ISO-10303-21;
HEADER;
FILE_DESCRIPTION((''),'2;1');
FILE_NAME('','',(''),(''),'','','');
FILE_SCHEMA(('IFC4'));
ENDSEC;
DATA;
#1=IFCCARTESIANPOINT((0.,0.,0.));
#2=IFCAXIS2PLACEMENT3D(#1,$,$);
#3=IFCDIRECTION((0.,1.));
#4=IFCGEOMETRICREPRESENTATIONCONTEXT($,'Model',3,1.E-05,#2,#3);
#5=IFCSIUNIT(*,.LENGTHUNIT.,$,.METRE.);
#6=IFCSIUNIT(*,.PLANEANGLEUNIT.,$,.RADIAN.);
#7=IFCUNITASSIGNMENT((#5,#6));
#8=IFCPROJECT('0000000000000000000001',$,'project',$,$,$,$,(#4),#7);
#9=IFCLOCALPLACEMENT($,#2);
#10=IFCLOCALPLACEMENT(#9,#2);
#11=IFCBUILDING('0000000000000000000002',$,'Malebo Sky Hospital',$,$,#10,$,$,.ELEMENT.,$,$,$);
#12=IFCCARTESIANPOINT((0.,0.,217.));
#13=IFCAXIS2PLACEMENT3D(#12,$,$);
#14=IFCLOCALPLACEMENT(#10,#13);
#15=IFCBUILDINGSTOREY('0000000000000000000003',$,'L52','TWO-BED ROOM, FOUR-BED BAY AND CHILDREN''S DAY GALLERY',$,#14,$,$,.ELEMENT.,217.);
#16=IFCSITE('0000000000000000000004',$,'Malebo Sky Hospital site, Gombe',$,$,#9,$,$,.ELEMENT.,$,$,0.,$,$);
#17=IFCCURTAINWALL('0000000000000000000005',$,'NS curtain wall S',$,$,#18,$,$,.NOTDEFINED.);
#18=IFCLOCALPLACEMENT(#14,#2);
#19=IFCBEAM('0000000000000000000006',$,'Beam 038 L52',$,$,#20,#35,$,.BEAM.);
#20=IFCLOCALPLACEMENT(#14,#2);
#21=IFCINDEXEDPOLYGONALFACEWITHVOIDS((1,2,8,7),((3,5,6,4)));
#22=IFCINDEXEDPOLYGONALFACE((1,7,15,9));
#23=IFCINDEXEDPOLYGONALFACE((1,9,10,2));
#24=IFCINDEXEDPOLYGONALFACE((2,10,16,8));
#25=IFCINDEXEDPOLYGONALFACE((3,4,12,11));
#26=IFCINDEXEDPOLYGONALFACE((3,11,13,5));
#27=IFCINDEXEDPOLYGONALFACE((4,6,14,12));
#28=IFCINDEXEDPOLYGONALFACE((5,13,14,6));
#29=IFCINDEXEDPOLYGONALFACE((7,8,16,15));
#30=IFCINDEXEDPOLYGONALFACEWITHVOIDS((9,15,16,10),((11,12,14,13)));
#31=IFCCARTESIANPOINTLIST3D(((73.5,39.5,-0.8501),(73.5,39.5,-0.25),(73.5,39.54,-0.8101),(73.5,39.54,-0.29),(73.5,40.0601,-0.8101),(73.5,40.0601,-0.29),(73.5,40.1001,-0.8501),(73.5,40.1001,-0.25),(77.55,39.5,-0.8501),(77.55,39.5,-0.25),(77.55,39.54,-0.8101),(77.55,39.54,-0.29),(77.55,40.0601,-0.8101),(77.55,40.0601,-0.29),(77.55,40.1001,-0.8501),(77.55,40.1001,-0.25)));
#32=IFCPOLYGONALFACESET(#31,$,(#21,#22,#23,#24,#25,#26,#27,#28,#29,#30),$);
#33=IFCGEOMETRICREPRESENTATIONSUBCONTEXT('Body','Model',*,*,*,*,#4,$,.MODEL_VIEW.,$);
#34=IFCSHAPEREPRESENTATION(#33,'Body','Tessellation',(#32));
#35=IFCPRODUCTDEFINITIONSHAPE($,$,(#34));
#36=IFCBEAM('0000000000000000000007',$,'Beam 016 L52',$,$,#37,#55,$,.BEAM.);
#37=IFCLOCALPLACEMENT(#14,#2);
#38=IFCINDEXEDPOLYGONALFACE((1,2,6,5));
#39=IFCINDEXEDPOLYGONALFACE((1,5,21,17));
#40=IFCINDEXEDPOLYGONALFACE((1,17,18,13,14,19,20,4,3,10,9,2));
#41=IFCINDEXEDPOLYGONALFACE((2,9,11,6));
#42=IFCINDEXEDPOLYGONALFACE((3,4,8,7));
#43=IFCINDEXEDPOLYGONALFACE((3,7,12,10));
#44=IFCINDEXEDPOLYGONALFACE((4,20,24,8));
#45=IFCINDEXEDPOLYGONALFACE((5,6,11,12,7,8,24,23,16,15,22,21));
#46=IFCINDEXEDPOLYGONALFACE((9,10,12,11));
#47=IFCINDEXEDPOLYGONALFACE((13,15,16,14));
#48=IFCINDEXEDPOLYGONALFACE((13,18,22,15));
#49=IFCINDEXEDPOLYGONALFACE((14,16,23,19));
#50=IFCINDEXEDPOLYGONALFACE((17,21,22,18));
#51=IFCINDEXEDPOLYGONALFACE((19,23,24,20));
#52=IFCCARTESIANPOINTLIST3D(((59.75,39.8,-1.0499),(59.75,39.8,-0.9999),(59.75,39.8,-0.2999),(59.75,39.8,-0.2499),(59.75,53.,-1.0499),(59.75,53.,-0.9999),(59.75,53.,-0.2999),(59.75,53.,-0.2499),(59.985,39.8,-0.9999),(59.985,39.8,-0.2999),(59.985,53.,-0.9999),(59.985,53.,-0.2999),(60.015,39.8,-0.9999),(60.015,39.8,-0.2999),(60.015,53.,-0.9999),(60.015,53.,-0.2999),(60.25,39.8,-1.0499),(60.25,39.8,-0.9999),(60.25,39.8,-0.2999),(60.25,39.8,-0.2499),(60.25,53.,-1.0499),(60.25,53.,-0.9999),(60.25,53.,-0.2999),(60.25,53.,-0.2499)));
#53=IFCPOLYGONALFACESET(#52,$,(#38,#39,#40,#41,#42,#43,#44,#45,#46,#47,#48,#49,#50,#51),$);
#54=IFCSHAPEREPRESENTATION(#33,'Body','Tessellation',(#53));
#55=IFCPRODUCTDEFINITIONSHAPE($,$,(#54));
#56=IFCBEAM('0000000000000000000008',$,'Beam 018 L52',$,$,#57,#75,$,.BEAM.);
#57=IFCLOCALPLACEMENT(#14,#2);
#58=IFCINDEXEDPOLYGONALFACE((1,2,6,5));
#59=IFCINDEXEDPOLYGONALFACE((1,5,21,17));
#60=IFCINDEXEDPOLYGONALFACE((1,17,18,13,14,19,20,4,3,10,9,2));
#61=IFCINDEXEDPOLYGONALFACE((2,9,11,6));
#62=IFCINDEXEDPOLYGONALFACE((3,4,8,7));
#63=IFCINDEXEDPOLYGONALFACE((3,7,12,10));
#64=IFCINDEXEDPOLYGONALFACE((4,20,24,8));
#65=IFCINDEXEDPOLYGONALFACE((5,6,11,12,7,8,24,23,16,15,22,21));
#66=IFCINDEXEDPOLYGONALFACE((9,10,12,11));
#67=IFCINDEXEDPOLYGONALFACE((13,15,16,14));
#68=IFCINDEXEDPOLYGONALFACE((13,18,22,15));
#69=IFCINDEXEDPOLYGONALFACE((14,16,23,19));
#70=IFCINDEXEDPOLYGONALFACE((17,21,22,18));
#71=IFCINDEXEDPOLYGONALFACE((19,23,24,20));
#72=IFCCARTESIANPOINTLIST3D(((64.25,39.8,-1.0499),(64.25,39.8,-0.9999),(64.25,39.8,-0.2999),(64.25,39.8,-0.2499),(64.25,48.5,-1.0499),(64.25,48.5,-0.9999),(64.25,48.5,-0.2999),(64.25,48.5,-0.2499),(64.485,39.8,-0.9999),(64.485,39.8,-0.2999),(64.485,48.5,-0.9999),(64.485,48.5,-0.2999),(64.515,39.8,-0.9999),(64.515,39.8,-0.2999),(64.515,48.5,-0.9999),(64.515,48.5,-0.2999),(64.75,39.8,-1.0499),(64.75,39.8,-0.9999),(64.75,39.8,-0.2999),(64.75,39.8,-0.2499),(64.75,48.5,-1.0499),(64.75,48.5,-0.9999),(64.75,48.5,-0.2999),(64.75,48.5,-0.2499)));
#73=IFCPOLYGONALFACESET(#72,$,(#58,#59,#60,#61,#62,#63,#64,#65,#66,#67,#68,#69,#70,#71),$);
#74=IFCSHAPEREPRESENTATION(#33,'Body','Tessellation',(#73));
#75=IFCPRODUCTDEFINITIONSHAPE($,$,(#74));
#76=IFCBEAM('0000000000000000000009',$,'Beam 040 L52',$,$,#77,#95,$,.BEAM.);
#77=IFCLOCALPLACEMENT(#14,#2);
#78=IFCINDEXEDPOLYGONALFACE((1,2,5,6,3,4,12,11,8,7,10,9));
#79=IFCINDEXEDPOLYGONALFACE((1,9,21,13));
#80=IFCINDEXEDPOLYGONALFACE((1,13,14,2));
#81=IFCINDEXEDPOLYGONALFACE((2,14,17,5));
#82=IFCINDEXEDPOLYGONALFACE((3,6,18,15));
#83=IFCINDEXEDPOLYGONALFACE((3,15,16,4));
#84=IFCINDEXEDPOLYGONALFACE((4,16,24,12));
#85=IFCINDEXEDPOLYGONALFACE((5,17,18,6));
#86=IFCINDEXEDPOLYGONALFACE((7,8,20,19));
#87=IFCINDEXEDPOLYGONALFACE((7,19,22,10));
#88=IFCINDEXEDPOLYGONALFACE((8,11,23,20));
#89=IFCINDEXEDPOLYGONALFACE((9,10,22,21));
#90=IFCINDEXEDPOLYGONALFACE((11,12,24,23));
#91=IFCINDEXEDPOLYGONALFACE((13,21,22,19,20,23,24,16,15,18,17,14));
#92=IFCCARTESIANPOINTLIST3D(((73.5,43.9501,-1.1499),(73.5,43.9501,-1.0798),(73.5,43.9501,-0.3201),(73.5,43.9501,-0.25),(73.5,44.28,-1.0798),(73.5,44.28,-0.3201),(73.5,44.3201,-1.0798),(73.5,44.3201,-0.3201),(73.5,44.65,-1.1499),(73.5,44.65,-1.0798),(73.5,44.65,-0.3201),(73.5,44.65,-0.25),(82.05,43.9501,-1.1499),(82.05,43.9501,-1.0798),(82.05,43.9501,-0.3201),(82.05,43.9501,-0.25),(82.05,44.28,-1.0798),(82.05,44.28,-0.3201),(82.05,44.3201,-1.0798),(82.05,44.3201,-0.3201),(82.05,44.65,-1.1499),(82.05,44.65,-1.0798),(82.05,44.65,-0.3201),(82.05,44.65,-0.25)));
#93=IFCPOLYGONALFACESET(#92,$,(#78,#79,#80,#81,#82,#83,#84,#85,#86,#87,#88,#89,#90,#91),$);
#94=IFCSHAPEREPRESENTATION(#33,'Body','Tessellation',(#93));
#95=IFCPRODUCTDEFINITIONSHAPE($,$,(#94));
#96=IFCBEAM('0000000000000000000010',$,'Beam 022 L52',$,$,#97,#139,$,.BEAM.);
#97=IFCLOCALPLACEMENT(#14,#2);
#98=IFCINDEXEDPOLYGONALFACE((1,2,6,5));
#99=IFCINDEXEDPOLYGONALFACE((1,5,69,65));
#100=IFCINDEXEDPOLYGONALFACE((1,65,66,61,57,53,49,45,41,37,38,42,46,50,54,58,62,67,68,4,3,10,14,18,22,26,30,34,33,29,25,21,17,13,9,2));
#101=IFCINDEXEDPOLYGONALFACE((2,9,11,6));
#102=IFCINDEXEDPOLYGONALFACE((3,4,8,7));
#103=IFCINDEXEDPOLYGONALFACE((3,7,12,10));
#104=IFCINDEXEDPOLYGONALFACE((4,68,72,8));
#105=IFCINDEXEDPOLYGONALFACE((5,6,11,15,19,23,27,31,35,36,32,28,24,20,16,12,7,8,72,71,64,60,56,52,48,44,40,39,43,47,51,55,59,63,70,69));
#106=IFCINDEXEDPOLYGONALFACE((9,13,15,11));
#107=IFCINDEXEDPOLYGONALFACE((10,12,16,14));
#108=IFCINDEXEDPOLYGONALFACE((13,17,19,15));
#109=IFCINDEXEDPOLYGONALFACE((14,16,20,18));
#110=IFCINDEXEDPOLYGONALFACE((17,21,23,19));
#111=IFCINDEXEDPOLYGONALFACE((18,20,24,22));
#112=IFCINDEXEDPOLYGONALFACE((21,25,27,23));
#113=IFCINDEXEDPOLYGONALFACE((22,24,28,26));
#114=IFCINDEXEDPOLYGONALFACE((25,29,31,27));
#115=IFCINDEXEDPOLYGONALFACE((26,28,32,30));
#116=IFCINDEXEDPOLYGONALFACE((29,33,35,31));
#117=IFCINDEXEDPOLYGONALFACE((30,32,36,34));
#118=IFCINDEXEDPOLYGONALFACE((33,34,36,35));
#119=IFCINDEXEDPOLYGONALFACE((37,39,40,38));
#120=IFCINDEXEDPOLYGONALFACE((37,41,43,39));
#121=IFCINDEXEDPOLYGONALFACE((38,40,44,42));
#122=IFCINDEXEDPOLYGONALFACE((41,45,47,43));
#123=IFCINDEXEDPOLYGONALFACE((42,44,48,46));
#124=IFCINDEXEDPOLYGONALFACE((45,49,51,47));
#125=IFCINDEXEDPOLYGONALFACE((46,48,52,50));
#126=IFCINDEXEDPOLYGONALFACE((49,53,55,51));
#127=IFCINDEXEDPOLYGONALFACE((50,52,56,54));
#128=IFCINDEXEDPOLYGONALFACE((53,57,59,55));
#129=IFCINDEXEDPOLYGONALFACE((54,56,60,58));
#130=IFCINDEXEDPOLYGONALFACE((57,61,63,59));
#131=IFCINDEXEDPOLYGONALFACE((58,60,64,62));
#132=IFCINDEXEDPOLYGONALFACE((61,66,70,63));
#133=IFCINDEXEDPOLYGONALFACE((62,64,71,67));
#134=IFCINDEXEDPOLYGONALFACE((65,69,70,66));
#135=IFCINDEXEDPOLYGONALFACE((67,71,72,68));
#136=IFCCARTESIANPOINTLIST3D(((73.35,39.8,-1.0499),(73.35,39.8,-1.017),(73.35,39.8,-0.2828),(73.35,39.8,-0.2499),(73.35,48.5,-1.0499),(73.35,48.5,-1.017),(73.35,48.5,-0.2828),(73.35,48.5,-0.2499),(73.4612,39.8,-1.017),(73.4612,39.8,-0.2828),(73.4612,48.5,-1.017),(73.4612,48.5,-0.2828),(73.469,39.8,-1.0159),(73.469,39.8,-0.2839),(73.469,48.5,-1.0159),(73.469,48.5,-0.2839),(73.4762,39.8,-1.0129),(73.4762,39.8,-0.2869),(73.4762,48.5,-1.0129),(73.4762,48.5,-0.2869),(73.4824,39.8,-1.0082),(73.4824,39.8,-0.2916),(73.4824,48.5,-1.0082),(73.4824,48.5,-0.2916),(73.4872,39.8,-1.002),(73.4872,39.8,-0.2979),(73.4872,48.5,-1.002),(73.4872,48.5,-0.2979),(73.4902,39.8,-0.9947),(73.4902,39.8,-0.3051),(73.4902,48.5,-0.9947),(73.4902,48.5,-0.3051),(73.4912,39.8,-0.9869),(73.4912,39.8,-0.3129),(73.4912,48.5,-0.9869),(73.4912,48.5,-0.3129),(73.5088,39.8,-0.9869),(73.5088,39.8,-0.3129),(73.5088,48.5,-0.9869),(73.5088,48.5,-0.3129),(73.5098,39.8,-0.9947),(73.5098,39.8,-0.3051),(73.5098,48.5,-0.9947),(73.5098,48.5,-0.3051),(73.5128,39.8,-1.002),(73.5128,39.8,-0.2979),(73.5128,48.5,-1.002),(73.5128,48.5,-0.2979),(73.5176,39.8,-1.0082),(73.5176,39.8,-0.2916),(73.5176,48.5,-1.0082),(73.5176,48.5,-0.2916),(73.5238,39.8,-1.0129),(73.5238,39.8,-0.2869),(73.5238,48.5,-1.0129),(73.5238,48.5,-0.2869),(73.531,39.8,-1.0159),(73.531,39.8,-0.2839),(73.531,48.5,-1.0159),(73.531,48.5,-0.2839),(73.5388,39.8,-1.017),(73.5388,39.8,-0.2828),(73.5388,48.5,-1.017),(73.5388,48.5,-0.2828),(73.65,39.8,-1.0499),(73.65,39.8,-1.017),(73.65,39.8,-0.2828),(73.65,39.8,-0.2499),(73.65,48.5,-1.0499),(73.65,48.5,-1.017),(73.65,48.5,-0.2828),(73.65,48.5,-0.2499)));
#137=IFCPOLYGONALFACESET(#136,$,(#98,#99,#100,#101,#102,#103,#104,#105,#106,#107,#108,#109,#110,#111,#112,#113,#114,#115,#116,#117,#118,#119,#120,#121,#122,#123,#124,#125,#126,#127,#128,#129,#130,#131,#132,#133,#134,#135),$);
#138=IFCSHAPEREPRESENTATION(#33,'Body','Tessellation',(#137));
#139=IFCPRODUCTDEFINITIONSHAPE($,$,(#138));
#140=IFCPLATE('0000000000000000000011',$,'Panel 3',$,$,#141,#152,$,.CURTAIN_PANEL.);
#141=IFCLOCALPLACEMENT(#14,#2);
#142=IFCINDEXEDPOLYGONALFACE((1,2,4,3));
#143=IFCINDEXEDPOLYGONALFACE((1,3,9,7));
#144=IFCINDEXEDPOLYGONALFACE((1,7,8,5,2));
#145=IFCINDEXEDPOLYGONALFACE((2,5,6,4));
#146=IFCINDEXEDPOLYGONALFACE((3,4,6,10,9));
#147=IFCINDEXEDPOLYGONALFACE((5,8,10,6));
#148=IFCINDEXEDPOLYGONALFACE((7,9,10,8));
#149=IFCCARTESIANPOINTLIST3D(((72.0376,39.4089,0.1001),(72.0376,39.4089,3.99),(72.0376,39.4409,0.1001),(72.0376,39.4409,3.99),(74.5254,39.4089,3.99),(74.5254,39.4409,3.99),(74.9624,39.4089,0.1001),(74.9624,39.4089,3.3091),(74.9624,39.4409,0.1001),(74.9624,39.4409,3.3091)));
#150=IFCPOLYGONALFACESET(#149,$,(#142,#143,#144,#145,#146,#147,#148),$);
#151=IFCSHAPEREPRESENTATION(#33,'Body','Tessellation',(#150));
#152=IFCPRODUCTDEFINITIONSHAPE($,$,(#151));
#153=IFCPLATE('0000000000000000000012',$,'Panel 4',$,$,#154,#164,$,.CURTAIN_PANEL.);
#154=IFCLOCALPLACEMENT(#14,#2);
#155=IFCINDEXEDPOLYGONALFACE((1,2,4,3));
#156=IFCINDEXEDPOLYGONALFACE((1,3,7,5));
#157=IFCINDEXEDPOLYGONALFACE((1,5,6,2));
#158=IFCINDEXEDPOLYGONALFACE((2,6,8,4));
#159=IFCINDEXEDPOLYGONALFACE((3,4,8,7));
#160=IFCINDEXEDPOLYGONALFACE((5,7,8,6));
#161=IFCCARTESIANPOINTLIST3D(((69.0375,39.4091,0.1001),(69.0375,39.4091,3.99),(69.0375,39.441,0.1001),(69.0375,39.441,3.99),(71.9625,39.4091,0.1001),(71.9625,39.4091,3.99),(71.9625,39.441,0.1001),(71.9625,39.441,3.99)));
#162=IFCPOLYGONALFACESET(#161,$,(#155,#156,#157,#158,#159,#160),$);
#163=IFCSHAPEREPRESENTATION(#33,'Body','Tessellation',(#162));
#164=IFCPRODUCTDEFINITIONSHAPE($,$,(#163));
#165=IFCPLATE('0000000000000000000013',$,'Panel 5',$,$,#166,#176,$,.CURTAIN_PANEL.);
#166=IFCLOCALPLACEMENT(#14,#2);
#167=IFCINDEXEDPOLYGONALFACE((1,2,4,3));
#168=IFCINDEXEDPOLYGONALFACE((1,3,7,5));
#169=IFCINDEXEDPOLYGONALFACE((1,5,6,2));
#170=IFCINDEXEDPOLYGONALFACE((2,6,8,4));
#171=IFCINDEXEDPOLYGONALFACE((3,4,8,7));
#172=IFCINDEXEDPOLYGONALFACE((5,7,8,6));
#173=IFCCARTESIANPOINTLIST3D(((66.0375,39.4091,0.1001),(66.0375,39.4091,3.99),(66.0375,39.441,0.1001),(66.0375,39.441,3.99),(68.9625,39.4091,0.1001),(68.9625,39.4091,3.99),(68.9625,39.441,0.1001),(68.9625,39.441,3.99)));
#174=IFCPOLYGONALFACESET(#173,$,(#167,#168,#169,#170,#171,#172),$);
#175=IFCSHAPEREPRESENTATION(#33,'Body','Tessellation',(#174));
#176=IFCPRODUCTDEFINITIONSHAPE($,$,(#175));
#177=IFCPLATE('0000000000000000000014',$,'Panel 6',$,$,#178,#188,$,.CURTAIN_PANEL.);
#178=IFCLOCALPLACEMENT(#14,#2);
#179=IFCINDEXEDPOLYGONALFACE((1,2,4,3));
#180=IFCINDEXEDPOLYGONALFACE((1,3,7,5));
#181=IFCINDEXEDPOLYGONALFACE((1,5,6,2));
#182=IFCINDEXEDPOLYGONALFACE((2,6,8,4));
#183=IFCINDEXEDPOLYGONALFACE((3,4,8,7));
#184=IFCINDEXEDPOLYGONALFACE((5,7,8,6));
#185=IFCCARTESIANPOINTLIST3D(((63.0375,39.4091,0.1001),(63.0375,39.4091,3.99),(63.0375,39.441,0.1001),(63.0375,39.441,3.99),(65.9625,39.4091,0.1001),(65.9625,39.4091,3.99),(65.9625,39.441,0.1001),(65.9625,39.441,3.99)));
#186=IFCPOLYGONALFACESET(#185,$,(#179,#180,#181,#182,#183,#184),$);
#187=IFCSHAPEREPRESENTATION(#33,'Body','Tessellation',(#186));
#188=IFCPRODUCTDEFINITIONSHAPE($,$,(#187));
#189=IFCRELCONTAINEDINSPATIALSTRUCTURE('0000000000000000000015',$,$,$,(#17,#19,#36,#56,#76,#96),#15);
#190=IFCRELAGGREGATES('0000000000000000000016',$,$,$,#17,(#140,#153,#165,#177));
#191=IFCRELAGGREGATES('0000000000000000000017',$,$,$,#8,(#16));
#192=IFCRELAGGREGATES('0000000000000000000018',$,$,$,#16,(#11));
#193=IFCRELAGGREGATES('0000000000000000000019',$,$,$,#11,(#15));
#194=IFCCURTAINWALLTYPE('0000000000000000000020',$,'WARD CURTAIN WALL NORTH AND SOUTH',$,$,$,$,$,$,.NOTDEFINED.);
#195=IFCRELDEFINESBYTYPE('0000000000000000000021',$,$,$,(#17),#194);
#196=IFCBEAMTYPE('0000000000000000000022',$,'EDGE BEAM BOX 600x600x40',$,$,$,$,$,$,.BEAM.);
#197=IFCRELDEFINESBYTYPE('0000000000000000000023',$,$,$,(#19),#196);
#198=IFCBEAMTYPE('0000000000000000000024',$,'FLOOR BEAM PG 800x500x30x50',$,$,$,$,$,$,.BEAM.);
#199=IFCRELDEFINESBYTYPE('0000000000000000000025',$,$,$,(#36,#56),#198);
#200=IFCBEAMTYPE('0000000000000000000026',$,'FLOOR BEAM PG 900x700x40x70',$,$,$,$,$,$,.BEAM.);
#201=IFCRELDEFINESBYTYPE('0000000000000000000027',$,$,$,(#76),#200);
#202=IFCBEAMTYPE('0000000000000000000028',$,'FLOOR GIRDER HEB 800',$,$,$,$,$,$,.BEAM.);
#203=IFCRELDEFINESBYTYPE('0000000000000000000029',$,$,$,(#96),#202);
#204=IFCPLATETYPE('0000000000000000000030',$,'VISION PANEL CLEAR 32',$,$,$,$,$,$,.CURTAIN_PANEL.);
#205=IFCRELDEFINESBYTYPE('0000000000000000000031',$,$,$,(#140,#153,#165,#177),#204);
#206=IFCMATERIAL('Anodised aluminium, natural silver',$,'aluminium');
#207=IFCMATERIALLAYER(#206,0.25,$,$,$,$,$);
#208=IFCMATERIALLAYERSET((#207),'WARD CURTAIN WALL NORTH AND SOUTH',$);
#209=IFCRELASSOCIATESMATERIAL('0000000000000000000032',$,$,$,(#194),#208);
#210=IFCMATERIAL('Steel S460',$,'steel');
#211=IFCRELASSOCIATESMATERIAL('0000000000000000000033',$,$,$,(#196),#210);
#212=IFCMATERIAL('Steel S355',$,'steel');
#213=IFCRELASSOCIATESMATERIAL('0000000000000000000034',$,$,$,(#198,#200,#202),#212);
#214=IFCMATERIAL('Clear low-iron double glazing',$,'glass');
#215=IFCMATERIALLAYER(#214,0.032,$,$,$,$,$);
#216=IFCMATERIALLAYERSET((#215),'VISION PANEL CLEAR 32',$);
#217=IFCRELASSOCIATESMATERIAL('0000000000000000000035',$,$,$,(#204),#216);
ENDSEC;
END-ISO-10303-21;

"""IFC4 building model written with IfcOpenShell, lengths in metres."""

from ifc_helpers import new_model, si_unit, direction, frame, origin, origin_2d, place, context, subcontext, project, spatial, polyline, rectangle, hollow_rectangle, i_section, outline, extrude, material, layer, layer_set, material_profile, profile_set, type_object, element, aggregate, save


model = new_model("IFC4")

# Units and contexts
model_context = context("Model", 3, precision=1e-05, world=origin(), true_north=direction((0.0, 1.0)))
body_context = subcontext(model_context, "Body", "Model", "MODEL_VIEW")
ifc_project = project(units=[si_unit("LENGTHUNIT", "METRE"), si_unit("PLANEANGLEUNIT", "RADIAN")], contexts=[model_context])

# Site, building, storey
site_placement = place(None, origin())
site = spatial("IfcSite", under=ifc_project, at=site_placement, Name="Malebo Sky Hospital site, Gombe", CompositionType="ELEMENT", RefElevation=0.0)
building_placement = place(site_placement, origin())
building = spatial("IfcBuilding", under=site, at=building_placement, Name="Malebo Sky Hospital", CompositionType="ELEMENT")
storey_placement = place(building_placement, frame((0.0, 0.0, 217.0)))
storey = spatial("IfcBuildingStorey", under=building, at=storey_placement, Name="L52", Description="TWO-BED ROOM, FOUR-BED BAY AND CHILDREN'S DAY GALLERY", CompositionType="ELEMENT", Elevation=217.0)

# Shared definitions
ifc_material_1 = material(Name="Steel S460", Category="steel")

# Curtain wall
ifc_material_2 = material(Name="Anodised aluminium, natural silver", Category="aluminium")
ifc_layer_1 = layer(ifc_material_2, 0.25)
ifc_layer_set_1 = layer_set([ifc_layer_1], Name="WARD CURTAIN WALL NORTH AND SOUTH")
curtain_wall_type = type_object("IfcCurtainWallType", Name="WARD CURTAIN WALL NORTH AND SOUTH", PredefinedType="NOTDEFINED", material=ifc_layer_set_1)
curtain_wall_placement = place(storey_placement, origin())
curtain_wall = element("IfcCurtainWall", 1, at=curtain_wall_placement, inside=storey, type_object=curtain_wall_type, Name="NS curtain wall S", PredefinedType="NOTDEFINED")

# Beams
ifc_material_profile_1 = material_profile(ifc_material_1, hollow_rectangle(XDim=0.6001, YDim=0.6001, WallThickness=0.04, at=origin_2d()), Name="BOX 600x600x40")
ifc_profile_set_1 = profile_set([ifc_material_profile_1], Name="Steel S460")
beam_type_1 = type_object("IfcBeamType", Name="EDGE BEAM BOX 600x600x40", PredefinedType="BEAM", material=ifc_profile_set_1)
beam_1_placement = place(storey_placement, frame((73.5, 39.8, -0.55), z_axis=(1.0, 0.0, 0.0), x_axis=(0.0, 1.0, 0.0)))
element("IfcBeam", 2, at=beam_1_placement, inside=storey, type_object=beam_type_1, Name="Beam 038 L52", PredefinedType="BEAM", context=body_context, shape_type="SweptSolid", body=[
    extrude(hollow_rectangle(XDim=0.6001, YDim=0.6001, WallThickness=0.04, at=origin_2d()), origin(), (0.0, 0.0, 1.0), 4.05),
])
ifc_material_3 = material(Name="Steel S355", Category="steel")
ifc_material_profile_2 = material_profile(ifc_material_3, i_section(OverallWidth=0.5, OverallDepth=0.8, WebThickness=0.03, FlangeThickness=0.05, at=origin_2d()), Name="PG 800x500x30x50")
ifc_profile_set_2 = profile_set([ifc_material_profile_2], Name="Steel S355")
beam_type_2 = type_object("IfcBeamType", Name="FLOOR BEAM PG 800x500x30x50", PredefinedType="BEAM", material=ifc_profile_set_2)
beam_2_placement = place(storey_placement, frame((60.0, 39.8, -0.6499), z_axis=(0.0, 1.0, 0.0), x_axis=(-1.0, 0.0, 0.0)))
element("IfcBeam", 3, at=beam_2_placement, inside=storey, type_object=beam_type_2, Name="Beam 016 L52", PredefinedType="BEAM", context=body_context, shape_type="SweptSolid", body=[
    extrude(i_section(OverallWidth=0.5, OverallDepth=0.8, WebThickness=0.03, FlangeThickness=0.05, at=origin_2d()), origin(), (0.0, 0.0, 1.0), 13.2),
])
beam_3_placement = place(storey_placement, frame((64.5, 39.8, -0.6499), z_axis=(0.0, 1.0, 0.0), x_axis=(-1.0, 0.0, 0.0)))
element("IfcBeam", 4, at=beam_3_placement, inside=storey, type_object=beam_type_2, Name="Beam 018 L52", PredefinedType="BEAM", context=body_context, shape_type="SweptSolid", body=[
    extrude(i_section(OverallWidth=0.5, OverallDepth=0.8, WebThickness=0.03, FlangeThickness=0.05, at=origin_2d()), origin(), (0.0, 0.0, 1.0), 8.7),
])
ifc_material_profile_3 = material_profile(ifc_material_3, i_section(OverallWidth=0.7, OverallDepth=0.8999, WebThickness=0.04, FlangeThickness=0.0701, at=origin_2d()), Name="PG 900x700x40x70")
ifc_profile_set_3 = profile_set([ifc_material_profile_3], Name="Steel S355")
beam_type_3 = type_object("IfcBeamType", Name="FLOOR BEAM PG 900x700x40x70", PredefinedType="BEAM", material=ifc_profile_set_3)
beam_4_placement = place(storey_placement, frame((73.5, 44.3, -0.7), z_axis=(1.0, 0.0, 0.0), x_axis=(0.0, 1.0, 0.0)))
element("IfcBeam", 5, at=beam_4_placement, inside=storey, type_object=beam_type_3, Name="Beam 040 L52", PredefinedType="BEAM", context=body_context, shape_type="SweptSolid", body=[
    extrude(i_section(OverallWidth=0.7, OverallDepth=0.8999, WebThickness=0.04, FlangeThickness=0.0701, at=origin_2d()), origin(), (0.0, 0.0, 1.0), 8.55),
])
ifc_material_profile_4 = material_profile(ifc_material_3, i_section(OverallWidth=0.3, OverallDepth=0.8, WebThickness=0.0176, FlangeThickness=0.033, FilletRadius=0.03, at=origin_2d()), Name="HEB 800")
ifc_profile_set_4 = profile_set([ifc_material_profile_4], Name="Steel S355")
beam_type_4 = type_object("IfcBeamType", Name="FLOOR GIRDER HEB 800", PredefinedType="BEAM", material=ifc_profile_set_4)
beam_5_placement = place(storey_placement, frame((73.5, 39.8, -0.6499), z_axis=(0.0, 1.0, 0.0), x_axis=(-1.0, 0.0, 0.0)))
element("IfcBeam", 6, at=beam_5_placement, inside=storey, type_object=beam_type_4, Name="Beam 022 L52", PredefinedType="BEAM", context=body_context, shape_type="SweptSolid", body=[
    extrude(i_section(OverallWidth=0.3, OverallDepth=0.8, WebThickness=0.0176, FlangeThickness=0.033, FilletRadius=0.03, at=origin_2d()), origin(), (0.0, 0.0, 1.0), 8.7),
])

# Plates
ifc_material_4 = material(Name="Clear low-iron double glazing", Category="glass")
ifc_layer_2 = layer(ifc_material_4, 0.032)
ifc_layer_set_2 = layer_set([ifc_layer_2], Name="VISION PANEL CLEAR 32")
plate_type = type_object("IfcPlateType", Name="VISION PANEL CLEAR 32", PredefinedType="CURTAIN_PANEL", material=ifc_layer_set_2)
plate_1_placement = place(storey_placement, frame((73.5, 39.425, 0.1001), z_axis=(0.0, 0.0, 1.0), x_axis=(-1.0, 0.0, 0.0)))
plate_1 = element("IfcPlate", 7, at=plate_1_placement, type_object=plate_type, Name="Panel 3", PredefinedType="CURTAIN_PANEL", context=body_context, shape_type="SweptSolid", body=[
    extrude(outline(polyline([(-1.4624, 0.0), (1.4624, 0.0), (1.4624, 3.8899), (-1.0254, 3.8899), (-1.4624, 3.209), (-1.4624, 0.0)])), frame((0.0, 0.0161, 0.0), z_axis=(0.0, -1.0, 0.0), x_axis=(1.0, 0.0, 0.0)), (0.0, 0.0, 1.0), 0.032),
])
plate_2_placement = place(storey_placement, frame((70.5, 39.425, 0.1001), z_axis=(0.0, 0.0, 1.0), x_axis=(-1.0, 0.0, 0.0)))
plate_2 = element("IfcPlate", 8, at=plate_2_placement, type_object=plate_type, Name="Panel 4", PredefinedType="CURTAIN_PANEL", context=body_context, shape_type="SweptSolid", body=[
    extrude(rectangle(XDim=2.925, YDim=0.032, at=origin_2d()), origin(), (0.0, 0.0, 1.0), 3.8899),
])
plate_3_placement = place(storey_placement, frame((67.5, 39.425, 0.1001), z_axis=(0.0, 0.0, 1.0), x_axis=(-1.0, 0.0, 0.0)))
plate_3 = element("IfcPlate", 9, at=plate_3_placement, type_object=plate_type, Name="Panel 5", PredefinedType="CURTAIN_PANEL", context=body_context, shape_type="SweptSolid", body=[
    extrude(rectangle(XDim=2.925, YDim=0.032, at=origin_2d()), origin(), (0.0, 0.0, 1.0), 3.8899),
])
plate_4_placement = place(storey_placement, frame((64.5, 39.425, 0.1001), z_axis=(0.0, 0.0, 1.0), x_axis=(-1.0, 0.0, 0.0)))
plate_4 = element("IfcPlate", 10, at=plate_4_placement, type_object=plate_type, Name="Panel 6", PredefinedType="CURTAIN_PANEL", context=body_context, shape_type="SweptSolid", body=[
    extrude(rectangle(XDim=2.925, YDim=0.032, at=origin_2d()), origin(), (0.0, 0.0, 1.0), 3.8899),
])
aggregate(curtain_wall, [plate_1, plate_2, plate_3, plate_4])

save(model, "model.ifc")
